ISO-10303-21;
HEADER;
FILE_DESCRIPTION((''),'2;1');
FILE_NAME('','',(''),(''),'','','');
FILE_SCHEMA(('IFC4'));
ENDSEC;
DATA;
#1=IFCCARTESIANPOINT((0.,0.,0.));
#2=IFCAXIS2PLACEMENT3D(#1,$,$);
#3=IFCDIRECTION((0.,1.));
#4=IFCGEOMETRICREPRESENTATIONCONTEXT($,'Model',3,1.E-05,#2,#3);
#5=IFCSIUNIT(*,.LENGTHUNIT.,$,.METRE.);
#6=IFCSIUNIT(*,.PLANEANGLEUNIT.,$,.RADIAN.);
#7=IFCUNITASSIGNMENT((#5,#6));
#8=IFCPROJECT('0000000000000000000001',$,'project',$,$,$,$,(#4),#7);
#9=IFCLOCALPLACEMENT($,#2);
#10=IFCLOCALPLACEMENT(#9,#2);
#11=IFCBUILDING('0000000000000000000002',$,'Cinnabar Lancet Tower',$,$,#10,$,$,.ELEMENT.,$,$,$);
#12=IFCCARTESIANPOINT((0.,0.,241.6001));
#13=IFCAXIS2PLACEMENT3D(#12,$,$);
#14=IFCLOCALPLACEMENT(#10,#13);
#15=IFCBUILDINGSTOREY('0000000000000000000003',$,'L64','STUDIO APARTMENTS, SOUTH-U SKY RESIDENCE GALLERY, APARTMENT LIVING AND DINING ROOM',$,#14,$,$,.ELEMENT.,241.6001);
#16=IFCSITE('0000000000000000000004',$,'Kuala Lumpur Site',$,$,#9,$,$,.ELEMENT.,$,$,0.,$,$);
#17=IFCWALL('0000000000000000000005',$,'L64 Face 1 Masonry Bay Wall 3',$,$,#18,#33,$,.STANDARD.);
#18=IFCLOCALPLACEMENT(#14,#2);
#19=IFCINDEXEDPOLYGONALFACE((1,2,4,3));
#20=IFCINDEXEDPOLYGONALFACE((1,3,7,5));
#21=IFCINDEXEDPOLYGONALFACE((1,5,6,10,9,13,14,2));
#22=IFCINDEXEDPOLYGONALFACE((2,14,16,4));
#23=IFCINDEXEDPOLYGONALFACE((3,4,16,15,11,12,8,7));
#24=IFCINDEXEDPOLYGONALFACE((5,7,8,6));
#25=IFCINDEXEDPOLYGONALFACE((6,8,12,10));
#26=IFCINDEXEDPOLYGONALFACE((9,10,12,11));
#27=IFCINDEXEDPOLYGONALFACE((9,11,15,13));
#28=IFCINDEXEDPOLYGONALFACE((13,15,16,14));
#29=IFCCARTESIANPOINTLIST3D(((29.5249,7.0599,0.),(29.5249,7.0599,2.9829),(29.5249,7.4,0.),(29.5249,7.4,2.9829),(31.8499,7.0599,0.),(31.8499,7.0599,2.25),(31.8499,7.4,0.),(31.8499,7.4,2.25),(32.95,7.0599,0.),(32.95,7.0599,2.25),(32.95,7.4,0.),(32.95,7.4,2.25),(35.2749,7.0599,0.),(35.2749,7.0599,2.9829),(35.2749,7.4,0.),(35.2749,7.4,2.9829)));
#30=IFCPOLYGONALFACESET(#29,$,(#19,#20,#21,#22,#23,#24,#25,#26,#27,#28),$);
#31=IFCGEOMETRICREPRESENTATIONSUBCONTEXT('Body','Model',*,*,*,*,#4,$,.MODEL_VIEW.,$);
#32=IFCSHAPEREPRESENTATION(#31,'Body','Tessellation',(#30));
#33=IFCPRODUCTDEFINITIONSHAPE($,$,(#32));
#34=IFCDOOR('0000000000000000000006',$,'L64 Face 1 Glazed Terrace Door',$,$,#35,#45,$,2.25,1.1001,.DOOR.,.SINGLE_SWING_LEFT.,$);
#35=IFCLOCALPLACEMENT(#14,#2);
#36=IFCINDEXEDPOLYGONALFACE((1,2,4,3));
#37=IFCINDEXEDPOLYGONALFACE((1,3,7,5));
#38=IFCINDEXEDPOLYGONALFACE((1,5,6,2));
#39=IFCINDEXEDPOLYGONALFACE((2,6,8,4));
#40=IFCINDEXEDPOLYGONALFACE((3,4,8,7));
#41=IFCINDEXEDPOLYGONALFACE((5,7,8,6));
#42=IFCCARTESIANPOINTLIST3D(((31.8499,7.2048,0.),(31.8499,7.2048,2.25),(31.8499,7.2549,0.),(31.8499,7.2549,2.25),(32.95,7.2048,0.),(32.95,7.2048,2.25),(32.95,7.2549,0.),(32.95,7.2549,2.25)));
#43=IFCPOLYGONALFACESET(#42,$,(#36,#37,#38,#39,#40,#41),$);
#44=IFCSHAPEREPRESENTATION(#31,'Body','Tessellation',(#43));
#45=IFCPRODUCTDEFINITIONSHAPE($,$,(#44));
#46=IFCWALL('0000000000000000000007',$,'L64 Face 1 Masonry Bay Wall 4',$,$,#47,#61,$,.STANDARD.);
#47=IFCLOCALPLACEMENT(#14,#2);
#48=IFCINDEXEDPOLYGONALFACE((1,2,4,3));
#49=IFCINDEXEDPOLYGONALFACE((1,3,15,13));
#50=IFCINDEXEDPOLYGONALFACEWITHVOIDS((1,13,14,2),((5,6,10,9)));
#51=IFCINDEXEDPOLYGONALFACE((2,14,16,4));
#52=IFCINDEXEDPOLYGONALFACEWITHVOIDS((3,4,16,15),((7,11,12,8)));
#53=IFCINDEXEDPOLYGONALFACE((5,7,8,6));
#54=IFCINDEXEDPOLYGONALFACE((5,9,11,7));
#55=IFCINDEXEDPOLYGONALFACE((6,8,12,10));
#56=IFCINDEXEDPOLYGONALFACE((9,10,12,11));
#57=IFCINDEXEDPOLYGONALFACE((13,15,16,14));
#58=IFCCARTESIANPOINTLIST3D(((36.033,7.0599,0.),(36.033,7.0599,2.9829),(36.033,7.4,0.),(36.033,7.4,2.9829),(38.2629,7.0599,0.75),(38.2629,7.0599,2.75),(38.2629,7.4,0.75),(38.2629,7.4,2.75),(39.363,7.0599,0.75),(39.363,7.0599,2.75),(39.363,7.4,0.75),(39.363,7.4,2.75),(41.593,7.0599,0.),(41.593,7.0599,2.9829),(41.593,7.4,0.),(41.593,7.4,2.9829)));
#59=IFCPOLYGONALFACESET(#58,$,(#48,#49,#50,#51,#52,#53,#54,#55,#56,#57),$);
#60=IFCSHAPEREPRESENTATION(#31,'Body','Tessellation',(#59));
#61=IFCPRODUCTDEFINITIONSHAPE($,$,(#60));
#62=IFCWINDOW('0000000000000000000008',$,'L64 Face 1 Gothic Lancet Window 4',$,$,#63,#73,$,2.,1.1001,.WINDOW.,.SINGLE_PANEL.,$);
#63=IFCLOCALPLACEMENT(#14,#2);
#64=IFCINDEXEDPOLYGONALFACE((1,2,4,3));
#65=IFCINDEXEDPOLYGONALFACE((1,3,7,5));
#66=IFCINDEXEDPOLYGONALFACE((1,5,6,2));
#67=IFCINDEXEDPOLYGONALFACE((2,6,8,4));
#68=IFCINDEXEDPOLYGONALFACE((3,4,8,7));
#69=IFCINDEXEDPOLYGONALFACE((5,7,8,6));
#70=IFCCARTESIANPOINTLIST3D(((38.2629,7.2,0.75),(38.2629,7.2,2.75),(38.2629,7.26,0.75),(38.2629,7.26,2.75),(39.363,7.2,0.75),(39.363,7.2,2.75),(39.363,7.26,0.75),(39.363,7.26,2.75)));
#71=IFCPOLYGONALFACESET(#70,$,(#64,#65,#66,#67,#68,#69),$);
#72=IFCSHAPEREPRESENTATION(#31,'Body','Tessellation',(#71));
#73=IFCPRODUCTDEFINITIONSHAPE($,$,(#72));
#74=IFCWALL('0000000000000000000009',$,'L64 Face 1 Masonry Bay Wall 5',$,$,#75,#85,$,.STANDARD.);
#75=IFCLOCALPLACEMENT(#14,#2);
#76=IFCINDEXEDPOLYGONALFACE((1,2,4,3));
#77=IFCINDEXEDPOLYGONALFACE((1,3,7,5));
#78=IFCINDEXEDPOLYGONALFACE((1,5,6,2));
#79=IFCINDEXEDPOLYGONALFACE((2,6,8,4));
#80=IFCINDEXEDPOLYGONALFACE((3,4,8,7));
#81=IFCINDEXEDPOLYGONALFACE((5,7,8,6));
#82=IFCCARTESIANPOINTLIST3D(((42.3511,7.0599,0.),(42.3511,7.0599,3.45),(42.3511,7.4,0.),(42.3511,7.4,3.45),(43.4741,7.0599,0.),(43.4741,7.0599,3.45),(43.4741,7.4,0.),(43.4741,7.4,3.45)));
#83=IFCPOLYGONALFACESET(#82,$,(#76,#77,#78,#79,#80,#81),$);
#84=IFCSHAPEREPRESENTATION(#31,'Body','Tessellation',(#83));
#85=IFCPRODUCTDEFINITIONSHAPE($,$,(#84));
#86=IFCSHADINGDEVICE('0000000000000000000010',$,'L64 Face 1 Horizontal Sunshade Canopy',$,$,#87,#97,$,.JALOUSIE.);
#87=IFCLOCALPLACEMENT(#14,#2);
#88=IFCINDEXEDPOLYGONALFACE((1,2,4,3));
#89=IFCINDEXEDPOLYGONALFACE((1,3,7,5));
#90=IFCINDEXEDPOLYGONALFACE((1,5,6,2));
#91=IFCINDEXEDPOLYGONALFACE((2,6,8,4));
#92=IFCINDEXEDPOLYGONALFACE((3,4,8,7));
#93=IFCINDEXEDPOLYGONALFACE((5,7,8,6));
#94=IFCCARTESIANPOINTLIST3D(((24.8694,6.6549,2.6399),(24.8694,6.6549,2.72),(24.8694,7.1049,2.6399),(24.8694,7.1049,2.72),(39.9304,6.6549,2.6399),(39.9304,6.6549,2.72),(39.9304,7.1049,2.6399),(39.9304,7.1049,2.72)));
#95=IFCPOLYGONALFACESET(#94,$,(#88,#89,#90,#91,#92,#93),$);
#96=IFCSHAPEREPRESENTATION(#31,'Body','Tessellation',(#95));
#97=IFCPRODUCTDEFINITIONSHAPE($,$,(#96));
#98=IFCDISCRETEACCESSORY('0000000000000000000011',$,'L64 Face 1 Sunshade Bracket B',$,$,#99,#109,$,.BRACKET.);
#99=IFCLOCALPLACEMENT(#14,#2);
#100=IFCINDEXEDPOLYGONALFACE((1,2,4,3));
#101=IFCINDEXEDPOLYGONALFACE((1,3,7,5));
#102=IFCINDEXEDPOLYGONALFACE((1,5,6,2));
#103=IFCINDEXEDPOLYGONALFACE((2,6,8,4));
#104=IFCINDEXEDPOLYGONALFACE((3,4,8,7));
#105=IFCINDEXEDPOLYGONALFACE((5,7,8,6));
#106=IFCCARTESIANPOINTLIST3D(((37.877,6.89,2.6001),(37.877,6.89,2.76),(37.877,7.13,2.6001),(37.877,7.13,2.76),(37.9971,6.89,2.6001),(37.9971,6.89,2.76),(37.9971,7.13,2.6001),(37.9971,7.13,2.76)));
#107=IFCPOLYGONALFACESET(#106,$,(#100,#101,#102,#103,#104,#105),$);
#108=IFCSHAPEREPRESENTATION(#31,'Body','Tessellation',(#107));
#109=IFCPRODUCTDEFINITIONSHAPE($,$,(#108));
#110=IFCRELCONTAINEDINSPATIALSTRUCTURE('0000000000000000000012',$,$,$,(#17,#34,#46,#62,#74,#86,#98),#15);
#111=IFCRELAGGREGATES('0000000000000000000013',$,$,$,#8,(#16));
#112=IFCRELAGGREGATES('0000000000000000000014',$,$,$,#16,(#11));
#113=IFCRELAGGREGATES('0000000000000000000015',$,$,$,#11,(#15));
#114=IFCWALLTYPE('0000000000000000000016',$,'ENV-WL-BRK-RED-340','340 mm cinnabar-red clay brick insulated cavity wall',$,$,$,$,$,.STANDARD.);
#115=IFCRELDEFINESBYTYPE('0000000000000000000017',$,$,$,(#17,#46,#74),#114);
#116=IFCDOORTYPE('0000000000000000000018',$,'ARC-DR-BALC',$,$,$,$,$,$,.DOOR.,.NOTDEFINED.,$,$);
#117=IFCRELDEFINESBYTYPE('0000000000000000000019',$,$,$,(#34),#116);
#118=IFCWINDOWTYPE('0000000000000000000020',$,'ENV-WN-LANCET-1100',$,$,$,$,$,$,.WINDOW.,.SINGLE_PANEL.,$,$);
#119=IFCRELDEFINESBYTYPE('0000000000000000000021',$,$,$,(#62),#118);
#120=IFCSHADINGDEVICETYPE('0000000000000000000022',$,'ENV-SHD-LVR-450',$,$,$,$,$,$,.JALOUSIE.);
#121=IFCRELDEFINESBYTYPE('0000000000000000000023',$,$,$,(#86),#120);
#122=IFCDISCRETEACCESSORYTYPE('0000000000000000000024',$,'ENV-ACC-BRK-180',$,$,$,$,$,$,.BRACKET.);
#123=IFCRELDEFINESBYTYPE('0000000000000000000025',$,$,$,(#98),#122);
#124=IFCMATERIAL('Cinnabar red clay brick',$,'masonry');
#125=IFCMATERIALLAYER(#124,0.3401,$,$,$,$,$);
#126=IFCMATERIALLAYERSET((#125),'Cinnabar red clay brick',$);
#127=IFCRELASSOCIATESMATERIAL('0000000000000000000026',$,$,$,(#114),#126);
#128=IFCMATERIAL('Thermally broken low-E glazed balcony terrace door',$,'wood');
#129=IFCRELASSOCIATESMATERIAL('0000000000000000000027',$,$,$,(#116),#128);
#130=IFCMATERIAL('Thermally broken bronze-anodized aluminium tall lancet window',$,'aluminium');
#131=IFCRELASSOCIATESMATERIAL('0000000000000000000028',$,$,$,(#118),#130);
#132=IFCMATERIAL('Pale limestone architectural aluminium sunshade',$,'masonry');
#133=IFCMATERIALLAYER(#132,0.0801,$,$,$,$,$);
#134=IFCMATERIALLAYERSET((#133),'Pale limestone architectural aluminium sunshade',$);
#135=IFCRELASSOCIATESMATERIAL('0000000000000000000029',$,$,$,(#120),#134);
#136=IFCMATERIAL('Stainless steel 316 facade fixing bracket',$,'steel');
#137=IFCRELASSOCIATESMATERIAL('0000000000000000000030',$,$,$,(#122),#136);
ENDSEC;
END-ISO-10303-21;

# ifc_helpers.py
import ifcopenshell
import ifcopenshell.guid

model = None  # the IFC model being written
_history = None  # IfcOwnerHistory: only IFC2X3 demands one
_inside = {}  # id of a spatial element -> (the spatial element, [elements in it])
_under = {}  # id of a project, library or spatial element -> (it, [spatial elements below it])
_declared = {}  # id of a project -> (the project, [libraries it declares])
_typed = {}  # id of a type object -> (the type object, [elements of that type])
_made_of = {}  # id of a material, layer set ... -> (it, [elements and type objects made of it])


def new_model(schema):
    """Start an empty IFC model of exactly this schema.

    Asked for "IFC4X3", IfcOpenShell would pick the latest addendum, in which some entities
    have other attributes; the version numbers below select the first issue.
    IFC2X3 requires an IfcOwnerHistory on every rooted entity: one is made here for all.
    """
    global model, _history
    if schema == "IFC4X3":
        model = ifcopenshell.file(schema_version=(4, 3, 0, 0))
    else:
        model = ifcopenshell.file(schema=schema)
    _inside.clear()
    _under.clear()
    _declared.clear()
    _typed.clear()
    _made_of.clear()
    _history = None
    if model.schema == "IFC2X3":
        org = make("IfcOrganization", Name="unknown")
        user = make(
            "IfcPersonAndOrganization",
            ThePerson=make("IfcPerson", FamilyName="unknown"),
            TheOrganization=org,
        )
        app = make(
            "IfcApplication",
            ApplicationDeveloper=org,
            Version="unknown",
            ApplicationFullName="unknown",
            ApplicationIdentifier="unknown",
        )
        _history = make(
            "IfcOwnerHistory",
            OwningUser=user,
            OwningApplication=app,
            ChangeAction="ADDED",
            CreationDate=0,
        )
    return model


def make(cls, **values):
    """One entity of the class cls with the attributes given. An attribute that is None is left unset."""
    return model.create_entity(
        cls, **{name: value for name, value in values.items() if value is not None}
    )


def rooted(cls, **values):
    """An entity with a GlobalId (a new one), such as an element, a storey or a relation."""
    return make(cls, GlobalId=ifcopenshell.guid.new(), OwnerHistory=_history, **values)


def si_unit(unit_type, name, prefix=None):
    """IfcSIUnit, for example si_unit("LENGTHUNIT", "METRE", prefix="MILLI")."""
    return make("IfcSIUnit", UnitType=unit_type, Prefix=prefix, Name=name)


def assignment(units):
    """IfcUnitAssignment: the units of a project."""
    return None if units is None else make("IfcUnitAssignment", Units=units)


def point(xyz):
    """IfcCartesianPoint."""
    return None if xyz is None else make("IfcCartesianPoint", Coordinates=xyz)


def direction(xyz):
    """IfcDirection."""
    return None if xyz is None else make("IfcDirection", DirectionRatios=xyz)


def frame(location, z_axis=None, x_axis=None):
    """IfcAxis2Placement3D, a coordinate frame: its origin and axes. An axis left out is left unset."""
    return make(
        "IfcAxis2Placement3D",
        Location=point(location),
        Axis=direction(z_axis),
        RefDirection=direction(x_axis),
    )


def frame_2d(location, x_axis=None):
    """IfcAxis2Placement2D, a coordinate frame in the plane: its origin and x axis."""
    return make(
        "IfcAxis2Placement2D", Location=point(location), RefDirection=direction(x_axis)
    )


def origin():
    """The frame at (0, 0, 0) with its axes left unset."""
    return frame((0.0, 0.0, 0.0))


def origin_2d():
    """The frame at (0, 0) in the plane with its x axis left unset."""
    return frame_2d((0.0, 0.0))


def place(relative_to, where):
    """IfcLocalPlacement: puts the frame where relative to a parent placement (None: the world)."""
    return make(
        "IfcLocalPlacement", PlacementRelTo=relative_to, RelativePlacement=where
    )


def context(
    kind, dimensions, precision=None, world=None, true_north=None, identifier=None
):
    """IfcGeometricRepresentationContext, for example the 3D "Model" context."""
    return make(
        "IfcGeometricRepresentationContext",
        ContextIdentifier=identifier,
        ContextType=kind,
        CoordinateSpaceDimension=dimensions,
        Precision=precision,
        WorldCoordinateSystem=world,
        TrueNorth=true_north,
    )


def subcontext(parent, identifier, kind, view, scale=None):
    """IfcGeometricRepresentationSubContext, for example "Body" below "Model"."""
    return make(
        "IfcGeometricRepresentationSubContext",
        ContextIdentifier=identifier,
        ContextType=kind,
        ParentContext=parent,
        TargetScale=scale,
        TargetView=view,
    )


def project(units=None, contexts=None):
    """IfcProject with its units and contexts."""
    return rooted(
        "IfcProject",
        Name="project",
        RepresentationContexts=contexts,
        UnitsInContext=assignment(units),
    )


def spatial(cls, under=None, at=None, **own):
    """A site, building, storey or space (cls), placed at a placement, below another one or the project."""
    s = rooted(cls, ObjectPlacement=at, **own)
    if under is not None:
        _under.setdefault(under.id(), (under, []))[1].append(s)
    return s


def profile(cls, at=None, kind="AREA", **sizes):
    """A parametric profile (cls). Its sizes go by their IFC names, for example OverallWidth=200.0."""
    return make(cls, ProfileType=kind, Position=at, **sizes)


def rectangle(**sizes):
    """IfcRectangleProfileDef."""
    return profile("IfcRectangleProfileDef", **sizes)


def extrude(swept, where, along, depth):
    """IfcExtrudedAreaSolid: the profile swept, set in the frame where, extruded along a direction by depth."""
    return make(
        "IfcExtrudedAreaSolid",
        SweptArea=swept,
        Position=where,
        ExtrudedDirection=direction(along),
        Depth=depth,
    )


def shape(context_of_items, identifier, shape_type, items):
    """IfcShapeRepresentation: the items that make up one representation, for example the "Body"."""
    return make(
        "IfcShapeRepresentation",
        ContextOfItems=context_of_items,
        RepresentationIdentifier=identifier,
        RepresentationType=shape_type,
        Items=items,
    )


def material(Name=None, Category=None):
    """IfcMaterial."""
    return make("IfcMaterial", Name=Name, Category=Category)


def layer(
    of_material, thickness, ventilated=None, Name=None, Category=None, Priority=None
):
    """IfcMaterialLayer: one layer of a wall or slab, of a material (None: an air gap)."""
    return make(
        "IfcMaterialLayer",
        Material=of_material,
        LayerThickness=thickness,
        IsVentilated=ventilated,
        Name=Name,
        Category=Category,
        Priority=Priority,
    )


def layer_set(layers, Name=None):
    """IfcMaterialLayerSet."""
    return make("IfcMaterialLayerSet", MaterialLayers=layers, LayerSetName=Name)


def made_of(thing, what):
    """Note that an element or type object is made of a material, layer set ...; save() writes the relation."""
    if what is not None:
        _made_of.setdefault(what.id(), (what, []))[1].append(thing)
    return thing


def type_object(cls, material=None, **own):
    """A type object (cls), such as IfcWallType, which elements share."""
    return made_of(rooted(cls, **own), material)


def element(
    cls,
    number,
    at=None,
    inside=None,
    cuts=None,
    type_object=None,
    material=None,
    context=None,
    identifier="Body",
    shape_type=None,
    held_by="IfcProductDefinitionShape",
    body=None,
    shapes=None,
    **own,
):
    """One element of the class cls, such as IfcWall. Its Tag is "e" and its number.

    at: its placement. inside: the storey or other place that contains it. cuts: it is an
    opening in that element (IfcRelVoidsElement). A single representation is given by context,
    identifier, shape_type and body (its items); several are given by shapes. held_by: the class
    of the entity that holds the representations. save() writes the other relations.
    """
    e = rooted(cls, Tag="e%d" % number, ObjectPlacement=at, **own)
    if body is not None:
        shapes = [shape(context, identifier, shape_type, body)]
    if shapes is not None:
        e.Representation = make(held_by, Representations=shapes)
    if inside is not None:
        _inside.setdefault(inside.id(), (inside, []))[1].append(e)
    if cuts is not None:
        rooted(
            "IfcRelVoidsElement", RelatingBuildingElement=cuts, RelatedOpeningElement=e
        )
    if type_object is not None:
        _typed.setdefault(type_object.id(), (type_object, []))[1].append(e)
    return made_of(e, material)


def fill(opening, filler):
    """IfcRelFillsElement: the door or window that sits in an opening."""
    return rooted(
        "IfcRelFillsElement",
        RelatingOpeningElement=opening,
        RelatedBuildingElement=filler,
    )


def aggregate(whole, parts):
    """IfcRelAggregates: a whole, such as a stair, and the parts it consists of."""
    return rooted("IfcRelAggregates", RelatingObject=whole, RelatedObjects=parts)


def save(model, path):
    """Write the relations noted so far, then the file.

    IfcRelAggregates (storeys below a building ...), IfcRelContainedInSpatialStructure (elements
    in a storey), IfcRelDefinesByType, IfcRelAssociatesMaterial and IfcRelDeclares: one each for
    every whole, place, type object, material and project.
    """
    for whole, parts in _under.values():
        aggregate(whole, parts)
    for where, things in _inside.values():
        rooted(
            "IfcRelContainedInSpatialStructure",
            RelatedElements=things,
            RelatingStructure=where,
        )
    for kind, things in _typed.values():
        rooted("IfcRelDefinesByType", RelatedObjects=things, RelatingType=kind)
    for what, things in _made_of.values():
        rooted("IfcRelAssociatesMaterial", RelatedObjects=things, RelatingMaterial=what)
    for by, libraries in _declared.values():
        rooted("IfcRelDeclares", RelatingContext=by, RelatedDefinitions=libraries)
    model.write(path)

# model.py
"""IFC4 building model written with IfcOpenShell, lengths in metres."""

from ifc_helpers import new_model, si_unit, direction, frame, frame_2d, origin, origin_2d, place, context, subcontext, project, spatial, rectangle, extrude, material, layer, layer_set, type_object, element, fill, save


model = new_model("IFC4")

# Units and contexts
model_context = context("Model", 3, precision=1e-05, world=origin(), true_north=direction((0.0, 1.0)))
body_context = subcontext(model_context, "Body", "Model", "MODEL_VIEW")
ifc_project = project(units=[si_unit("LENGTHUNIT", "METRE"), si_unit("PLANEANGLEUNIT", "RADIAN")], contexts=[model_context])

# Site, building, storey
site_placement = place(None, origin())
site = spatial("IfcSite", under=ifc_project, at=site_placement, Name="Kuala Lumpur Site", CompositionType="ELEMENT", RefElevation=0.0)
building_placement = place(site_placement, origin())
building = spatial("IfcBuilding", under=site, at=building_placement, Name="Cinnabar Lancet Tower", CompositionType="ELEMENT")
storey_placement = place(building_placement, frame((0.0, 0.0, 241.6001)))
storey = spatial("IfcBuildingStorey", under=building, at=storey_placement, Name="L64", Description="STUDIO APARTMENTS, SOUTH-U SKY RESIDENCE GALLERY, APARTMENT LIVING AND DINING ROOM", CompositionType="ELEMENT", Elevation=241.6001)

# Wall, opening, door
ifc_material_1 = material(Name="Cinnabar red clay brick", Category="masonry")
ifc_layer_1 = layer(ifc_material_1, 0.3401)
ifc_layer_set_1 = layer_set([ifc_layer_1], Name="Cinnabar red clay brick")
wall_type_1 = type_object("IfcWallType", Name="ENV-WL-BRK-RED-340", Description="340 mm cinnabar-red clay brick insulated cavity wall", PredefinedType="STANDARD", material=ifc_layer_set_1)
wall_1_placement = place(storey_placement, frame((29.5249, 7.23, 0.0), z_axis=(0.0, 0.0, 1.0), x_axis=(1.0, 0.0, 0.0)))
wall_1 = element("IfcWall", 1, at=wall_1_placement, inside=storey, type_object=wall_type_1, Name="L64 Face 1 Masonry Bay Wall 3", PredefinedType="STANDARD", context=body_context, shape_type="SweptSolid", body=[
    extrude(rectangle(XDim=5.75, YDim=0.3401, at=frame_2d((2.875, 0.0))), origin(), (0.0, 0.0, 1.0), 2.9829),
])
opening_1_placement = place(wall_1_placement, frame((2.325, 0.0, 0.0)))
opening_1 = element("IfcOpeningElement", 2, at=opening_1_placement, cuts=wall_1, PredefinedType="OPENING", context=body_context, shape_type="SweptSolid", body=[
    extrude(rectangle(XDim=1.1001, YDim=2.25, at=frame_2d((0.55, 1.125))), frame((0.0, 0.1799, 0.0), z_axis=(0.0, -1.0, 0.0), x_axis=(1.0, 0.0, 0.0)), (0.0, 0.0, 1.0), 0.3601),
])
ifc_material_2 = material(Name="Thermally broken low-E glazed balcony terrace door", Category="wood")
door_type_1 = type_object("IfcDoorType", Name="ARC-DR-BALC", OperationType="NOTDEFINED", PredefinedType="DOOR", material=ifc_material_2)
door_1_placement = place(opening_1_placement, origin())
door_1 = element("IfcDoor", 3, at=door_1_placement, inside=storey, type_object=door_type_1, Name="L64 Face 1 Glazed Terrace Door", OperationType="SINGLE_SWING_LEFT", OverallHeight=2.25, OverallWidth=1.1001, PredefinedType="DOOR", context=body_context, shape_type="SweptSolid", body=[
    extrude(rectangle(XDim=1.1001, YDim=2.25, at=frame_2d((0.55, 1.125))), frame((0.0, 0.0249, 0.0), z_axis=(0.0, -1.0, 0.0), x_axis=(1.0, 0.0, 0.0)), (0.0, 0.0, 1.0), 0.05),
])
fill(opening_1, door_1)

# Wall, opening, window
wall_2_placement = place(storey_placement, frame((36.033, 7.23, 0.0), z_axis=(0.0, 0.0, 1.0), x_axis=(1.0, 0.0, 0.0)))
wall_2 = element("IfcWall", 4, at=wall_2_placement, inside=storey, type_object=wall_type_1, Name="L64 Face 1 Masonry Bay Wall 4", PredefinedType="STANDARD", context=body_context, shape_type="SweptSolid", body=[
    extrude(rectangle(XDim=5.5601, YDim=0.3401, at=frame_2d((2.78, 0.0))), origin(), (0.0, 0.0, 1.0), 2.9829),
])
opening_2_placement = place(wall_2_placement, frame((2.23, 0.0, 0.75)))
opening_2 = element("IfcOpeningElement", 5, at=opening_2_placement, cuts=wall_2, PredefinedType="OPENING", context=body_context, shape_type="SweptSolid", body=[
    extrude(rectangle(XDim=1.1001, YDim=2.0, at=frame_2d((0.55, 1.0))), frame((0.0, 0.1799, 0.0), z_axis=(0.0, -1.0, 0.0), x_axis=(1.0, 0.0, 0.0)), (0.0, 0.0, 1.0), 0.3601),
])
ifc_material_3 = material(Name="Thermally broken bronze-anodized aluminium tall lancet window", Category="aluminium")
window_type = type_object("IfcWindowType", Name="ENV-WN-LANCET-1100", PartitioningType="SINGLE_PANEL", PredefinedType="WINDOW", material=ifc_material_3)
window_placement = place(opening_2_placement, origin())
window = element("IfcWindow", 6, at=window_placement, inside=storey, type_object=window_type, Name="L64 Face 1 Gothic Lancet Window 4", OverallHeight=2.0, OverallWidth=1.1001, PartitioningType="SINGLE_PANEL", PredefinedType="WINDOW", context=body_context, shape_type="SweptSolid", body=[
    extrude(rectangle(XDim=1.1001, YDim=2.0, at=frame_2d((0.55, 1.0))), frame((0.0, 0.03, 0.0), z_axis=(0.0, -1.0, 0.0), x_axis=(1.0, 0.0, 0.0)), (0.0, 0.0, 1.0), 0.0601),
])
fill(opening_2, window)

# Wall
wall_3_placement = place(storey_placement, frame((42.3511, 7.23, 0.0), z_axis=(0.0, 0.0, 1.0), x_axis=(1.0, 0.0, 0.0)))
element("IfcWall", 7, at=wall_3_placement, inside=storey, type_object=wall_type_1, Name="L64 Face 1 Masonry Bay Wall 5", PredefinedType="STANDARD", context=body_context, shape_type="SweptSolid", body=[
    extrude(rectangle(XDim=1.123, YDim=0.3401, at=frame_2d((0.5615, 0.0))), origin(), (0.0, 0.0, 1.0), 3.45),
])

# Shading device
ifc_material_4 = material(Name="Pale limestone architectural aluminium sunshade", Category="masonry")
ifc_layer_2 = layer(ifc_material_4, 0.0801)
ifc_layer_set_2 = layer_set([ifc_layer_2], Name="Pale limestone architectural aluminium sunshade")
shading_device_type = type_object("IfcShadingDeviceType", Name="ENV-SHD-LVR-450", PredefinedType="JALOUSIE", material=ifc_layer_set_2)
shading_device_placement = place(storey_placement, frame((32.3999, 6.8799, 2.6399), z_axis=(0.0, 0.0, 1.0), x_axis=(1.0, 0.0, 0.0)))
element("IfcShadingDevice", 8, at=shading_device_placement, inside=storey, type_object=shading_device_type, Name="L64 Face 1 Horizontal Sunshade Canopy", PredefinedType="JALOUSIE", context=body_context, shape_type="SweptSolid", body=[
    extrude(rectangle(XDim=15.061, YDim=0.45, at=origin_2d()), origin(), (0.0, 0.0, 1.0), 0.0801),
])

# Discrete accessory
ifc_material_5 = material(Name="Stainless steel 316 facade fixing bracket", Category="steel")
discrete_accessory_type = type_object("IfcDiscreteAccessoryType", Name="ENV-ACC-BRK-180", PredefinedType="BRACKET", material=ifc_material_5)
discrete_accessory_placement = place(storey_placement, frame((37.937, 7.01, 2.6001), z_axis=(0.0, 0.0, 1.0), x_axis=(1.0, 0.0, 0.0)))
element("IfcDiscreteAccessory", 9, at=discrete_accessory_placement, inside=storey, type_object=discrete_accessory_type, Name="L64 Face 1 Sunshade Bracket B", PredefinedType="BRACKET", context=body_context, shape_type="SweptSolid", body=[
    extrude(rectangle(XDim=0.1201, YDim=0.24, at=origin_2d()), origin(), (0.0, 0.0, 1.0), 0.1599),
])

save(model, "model.ifc")
